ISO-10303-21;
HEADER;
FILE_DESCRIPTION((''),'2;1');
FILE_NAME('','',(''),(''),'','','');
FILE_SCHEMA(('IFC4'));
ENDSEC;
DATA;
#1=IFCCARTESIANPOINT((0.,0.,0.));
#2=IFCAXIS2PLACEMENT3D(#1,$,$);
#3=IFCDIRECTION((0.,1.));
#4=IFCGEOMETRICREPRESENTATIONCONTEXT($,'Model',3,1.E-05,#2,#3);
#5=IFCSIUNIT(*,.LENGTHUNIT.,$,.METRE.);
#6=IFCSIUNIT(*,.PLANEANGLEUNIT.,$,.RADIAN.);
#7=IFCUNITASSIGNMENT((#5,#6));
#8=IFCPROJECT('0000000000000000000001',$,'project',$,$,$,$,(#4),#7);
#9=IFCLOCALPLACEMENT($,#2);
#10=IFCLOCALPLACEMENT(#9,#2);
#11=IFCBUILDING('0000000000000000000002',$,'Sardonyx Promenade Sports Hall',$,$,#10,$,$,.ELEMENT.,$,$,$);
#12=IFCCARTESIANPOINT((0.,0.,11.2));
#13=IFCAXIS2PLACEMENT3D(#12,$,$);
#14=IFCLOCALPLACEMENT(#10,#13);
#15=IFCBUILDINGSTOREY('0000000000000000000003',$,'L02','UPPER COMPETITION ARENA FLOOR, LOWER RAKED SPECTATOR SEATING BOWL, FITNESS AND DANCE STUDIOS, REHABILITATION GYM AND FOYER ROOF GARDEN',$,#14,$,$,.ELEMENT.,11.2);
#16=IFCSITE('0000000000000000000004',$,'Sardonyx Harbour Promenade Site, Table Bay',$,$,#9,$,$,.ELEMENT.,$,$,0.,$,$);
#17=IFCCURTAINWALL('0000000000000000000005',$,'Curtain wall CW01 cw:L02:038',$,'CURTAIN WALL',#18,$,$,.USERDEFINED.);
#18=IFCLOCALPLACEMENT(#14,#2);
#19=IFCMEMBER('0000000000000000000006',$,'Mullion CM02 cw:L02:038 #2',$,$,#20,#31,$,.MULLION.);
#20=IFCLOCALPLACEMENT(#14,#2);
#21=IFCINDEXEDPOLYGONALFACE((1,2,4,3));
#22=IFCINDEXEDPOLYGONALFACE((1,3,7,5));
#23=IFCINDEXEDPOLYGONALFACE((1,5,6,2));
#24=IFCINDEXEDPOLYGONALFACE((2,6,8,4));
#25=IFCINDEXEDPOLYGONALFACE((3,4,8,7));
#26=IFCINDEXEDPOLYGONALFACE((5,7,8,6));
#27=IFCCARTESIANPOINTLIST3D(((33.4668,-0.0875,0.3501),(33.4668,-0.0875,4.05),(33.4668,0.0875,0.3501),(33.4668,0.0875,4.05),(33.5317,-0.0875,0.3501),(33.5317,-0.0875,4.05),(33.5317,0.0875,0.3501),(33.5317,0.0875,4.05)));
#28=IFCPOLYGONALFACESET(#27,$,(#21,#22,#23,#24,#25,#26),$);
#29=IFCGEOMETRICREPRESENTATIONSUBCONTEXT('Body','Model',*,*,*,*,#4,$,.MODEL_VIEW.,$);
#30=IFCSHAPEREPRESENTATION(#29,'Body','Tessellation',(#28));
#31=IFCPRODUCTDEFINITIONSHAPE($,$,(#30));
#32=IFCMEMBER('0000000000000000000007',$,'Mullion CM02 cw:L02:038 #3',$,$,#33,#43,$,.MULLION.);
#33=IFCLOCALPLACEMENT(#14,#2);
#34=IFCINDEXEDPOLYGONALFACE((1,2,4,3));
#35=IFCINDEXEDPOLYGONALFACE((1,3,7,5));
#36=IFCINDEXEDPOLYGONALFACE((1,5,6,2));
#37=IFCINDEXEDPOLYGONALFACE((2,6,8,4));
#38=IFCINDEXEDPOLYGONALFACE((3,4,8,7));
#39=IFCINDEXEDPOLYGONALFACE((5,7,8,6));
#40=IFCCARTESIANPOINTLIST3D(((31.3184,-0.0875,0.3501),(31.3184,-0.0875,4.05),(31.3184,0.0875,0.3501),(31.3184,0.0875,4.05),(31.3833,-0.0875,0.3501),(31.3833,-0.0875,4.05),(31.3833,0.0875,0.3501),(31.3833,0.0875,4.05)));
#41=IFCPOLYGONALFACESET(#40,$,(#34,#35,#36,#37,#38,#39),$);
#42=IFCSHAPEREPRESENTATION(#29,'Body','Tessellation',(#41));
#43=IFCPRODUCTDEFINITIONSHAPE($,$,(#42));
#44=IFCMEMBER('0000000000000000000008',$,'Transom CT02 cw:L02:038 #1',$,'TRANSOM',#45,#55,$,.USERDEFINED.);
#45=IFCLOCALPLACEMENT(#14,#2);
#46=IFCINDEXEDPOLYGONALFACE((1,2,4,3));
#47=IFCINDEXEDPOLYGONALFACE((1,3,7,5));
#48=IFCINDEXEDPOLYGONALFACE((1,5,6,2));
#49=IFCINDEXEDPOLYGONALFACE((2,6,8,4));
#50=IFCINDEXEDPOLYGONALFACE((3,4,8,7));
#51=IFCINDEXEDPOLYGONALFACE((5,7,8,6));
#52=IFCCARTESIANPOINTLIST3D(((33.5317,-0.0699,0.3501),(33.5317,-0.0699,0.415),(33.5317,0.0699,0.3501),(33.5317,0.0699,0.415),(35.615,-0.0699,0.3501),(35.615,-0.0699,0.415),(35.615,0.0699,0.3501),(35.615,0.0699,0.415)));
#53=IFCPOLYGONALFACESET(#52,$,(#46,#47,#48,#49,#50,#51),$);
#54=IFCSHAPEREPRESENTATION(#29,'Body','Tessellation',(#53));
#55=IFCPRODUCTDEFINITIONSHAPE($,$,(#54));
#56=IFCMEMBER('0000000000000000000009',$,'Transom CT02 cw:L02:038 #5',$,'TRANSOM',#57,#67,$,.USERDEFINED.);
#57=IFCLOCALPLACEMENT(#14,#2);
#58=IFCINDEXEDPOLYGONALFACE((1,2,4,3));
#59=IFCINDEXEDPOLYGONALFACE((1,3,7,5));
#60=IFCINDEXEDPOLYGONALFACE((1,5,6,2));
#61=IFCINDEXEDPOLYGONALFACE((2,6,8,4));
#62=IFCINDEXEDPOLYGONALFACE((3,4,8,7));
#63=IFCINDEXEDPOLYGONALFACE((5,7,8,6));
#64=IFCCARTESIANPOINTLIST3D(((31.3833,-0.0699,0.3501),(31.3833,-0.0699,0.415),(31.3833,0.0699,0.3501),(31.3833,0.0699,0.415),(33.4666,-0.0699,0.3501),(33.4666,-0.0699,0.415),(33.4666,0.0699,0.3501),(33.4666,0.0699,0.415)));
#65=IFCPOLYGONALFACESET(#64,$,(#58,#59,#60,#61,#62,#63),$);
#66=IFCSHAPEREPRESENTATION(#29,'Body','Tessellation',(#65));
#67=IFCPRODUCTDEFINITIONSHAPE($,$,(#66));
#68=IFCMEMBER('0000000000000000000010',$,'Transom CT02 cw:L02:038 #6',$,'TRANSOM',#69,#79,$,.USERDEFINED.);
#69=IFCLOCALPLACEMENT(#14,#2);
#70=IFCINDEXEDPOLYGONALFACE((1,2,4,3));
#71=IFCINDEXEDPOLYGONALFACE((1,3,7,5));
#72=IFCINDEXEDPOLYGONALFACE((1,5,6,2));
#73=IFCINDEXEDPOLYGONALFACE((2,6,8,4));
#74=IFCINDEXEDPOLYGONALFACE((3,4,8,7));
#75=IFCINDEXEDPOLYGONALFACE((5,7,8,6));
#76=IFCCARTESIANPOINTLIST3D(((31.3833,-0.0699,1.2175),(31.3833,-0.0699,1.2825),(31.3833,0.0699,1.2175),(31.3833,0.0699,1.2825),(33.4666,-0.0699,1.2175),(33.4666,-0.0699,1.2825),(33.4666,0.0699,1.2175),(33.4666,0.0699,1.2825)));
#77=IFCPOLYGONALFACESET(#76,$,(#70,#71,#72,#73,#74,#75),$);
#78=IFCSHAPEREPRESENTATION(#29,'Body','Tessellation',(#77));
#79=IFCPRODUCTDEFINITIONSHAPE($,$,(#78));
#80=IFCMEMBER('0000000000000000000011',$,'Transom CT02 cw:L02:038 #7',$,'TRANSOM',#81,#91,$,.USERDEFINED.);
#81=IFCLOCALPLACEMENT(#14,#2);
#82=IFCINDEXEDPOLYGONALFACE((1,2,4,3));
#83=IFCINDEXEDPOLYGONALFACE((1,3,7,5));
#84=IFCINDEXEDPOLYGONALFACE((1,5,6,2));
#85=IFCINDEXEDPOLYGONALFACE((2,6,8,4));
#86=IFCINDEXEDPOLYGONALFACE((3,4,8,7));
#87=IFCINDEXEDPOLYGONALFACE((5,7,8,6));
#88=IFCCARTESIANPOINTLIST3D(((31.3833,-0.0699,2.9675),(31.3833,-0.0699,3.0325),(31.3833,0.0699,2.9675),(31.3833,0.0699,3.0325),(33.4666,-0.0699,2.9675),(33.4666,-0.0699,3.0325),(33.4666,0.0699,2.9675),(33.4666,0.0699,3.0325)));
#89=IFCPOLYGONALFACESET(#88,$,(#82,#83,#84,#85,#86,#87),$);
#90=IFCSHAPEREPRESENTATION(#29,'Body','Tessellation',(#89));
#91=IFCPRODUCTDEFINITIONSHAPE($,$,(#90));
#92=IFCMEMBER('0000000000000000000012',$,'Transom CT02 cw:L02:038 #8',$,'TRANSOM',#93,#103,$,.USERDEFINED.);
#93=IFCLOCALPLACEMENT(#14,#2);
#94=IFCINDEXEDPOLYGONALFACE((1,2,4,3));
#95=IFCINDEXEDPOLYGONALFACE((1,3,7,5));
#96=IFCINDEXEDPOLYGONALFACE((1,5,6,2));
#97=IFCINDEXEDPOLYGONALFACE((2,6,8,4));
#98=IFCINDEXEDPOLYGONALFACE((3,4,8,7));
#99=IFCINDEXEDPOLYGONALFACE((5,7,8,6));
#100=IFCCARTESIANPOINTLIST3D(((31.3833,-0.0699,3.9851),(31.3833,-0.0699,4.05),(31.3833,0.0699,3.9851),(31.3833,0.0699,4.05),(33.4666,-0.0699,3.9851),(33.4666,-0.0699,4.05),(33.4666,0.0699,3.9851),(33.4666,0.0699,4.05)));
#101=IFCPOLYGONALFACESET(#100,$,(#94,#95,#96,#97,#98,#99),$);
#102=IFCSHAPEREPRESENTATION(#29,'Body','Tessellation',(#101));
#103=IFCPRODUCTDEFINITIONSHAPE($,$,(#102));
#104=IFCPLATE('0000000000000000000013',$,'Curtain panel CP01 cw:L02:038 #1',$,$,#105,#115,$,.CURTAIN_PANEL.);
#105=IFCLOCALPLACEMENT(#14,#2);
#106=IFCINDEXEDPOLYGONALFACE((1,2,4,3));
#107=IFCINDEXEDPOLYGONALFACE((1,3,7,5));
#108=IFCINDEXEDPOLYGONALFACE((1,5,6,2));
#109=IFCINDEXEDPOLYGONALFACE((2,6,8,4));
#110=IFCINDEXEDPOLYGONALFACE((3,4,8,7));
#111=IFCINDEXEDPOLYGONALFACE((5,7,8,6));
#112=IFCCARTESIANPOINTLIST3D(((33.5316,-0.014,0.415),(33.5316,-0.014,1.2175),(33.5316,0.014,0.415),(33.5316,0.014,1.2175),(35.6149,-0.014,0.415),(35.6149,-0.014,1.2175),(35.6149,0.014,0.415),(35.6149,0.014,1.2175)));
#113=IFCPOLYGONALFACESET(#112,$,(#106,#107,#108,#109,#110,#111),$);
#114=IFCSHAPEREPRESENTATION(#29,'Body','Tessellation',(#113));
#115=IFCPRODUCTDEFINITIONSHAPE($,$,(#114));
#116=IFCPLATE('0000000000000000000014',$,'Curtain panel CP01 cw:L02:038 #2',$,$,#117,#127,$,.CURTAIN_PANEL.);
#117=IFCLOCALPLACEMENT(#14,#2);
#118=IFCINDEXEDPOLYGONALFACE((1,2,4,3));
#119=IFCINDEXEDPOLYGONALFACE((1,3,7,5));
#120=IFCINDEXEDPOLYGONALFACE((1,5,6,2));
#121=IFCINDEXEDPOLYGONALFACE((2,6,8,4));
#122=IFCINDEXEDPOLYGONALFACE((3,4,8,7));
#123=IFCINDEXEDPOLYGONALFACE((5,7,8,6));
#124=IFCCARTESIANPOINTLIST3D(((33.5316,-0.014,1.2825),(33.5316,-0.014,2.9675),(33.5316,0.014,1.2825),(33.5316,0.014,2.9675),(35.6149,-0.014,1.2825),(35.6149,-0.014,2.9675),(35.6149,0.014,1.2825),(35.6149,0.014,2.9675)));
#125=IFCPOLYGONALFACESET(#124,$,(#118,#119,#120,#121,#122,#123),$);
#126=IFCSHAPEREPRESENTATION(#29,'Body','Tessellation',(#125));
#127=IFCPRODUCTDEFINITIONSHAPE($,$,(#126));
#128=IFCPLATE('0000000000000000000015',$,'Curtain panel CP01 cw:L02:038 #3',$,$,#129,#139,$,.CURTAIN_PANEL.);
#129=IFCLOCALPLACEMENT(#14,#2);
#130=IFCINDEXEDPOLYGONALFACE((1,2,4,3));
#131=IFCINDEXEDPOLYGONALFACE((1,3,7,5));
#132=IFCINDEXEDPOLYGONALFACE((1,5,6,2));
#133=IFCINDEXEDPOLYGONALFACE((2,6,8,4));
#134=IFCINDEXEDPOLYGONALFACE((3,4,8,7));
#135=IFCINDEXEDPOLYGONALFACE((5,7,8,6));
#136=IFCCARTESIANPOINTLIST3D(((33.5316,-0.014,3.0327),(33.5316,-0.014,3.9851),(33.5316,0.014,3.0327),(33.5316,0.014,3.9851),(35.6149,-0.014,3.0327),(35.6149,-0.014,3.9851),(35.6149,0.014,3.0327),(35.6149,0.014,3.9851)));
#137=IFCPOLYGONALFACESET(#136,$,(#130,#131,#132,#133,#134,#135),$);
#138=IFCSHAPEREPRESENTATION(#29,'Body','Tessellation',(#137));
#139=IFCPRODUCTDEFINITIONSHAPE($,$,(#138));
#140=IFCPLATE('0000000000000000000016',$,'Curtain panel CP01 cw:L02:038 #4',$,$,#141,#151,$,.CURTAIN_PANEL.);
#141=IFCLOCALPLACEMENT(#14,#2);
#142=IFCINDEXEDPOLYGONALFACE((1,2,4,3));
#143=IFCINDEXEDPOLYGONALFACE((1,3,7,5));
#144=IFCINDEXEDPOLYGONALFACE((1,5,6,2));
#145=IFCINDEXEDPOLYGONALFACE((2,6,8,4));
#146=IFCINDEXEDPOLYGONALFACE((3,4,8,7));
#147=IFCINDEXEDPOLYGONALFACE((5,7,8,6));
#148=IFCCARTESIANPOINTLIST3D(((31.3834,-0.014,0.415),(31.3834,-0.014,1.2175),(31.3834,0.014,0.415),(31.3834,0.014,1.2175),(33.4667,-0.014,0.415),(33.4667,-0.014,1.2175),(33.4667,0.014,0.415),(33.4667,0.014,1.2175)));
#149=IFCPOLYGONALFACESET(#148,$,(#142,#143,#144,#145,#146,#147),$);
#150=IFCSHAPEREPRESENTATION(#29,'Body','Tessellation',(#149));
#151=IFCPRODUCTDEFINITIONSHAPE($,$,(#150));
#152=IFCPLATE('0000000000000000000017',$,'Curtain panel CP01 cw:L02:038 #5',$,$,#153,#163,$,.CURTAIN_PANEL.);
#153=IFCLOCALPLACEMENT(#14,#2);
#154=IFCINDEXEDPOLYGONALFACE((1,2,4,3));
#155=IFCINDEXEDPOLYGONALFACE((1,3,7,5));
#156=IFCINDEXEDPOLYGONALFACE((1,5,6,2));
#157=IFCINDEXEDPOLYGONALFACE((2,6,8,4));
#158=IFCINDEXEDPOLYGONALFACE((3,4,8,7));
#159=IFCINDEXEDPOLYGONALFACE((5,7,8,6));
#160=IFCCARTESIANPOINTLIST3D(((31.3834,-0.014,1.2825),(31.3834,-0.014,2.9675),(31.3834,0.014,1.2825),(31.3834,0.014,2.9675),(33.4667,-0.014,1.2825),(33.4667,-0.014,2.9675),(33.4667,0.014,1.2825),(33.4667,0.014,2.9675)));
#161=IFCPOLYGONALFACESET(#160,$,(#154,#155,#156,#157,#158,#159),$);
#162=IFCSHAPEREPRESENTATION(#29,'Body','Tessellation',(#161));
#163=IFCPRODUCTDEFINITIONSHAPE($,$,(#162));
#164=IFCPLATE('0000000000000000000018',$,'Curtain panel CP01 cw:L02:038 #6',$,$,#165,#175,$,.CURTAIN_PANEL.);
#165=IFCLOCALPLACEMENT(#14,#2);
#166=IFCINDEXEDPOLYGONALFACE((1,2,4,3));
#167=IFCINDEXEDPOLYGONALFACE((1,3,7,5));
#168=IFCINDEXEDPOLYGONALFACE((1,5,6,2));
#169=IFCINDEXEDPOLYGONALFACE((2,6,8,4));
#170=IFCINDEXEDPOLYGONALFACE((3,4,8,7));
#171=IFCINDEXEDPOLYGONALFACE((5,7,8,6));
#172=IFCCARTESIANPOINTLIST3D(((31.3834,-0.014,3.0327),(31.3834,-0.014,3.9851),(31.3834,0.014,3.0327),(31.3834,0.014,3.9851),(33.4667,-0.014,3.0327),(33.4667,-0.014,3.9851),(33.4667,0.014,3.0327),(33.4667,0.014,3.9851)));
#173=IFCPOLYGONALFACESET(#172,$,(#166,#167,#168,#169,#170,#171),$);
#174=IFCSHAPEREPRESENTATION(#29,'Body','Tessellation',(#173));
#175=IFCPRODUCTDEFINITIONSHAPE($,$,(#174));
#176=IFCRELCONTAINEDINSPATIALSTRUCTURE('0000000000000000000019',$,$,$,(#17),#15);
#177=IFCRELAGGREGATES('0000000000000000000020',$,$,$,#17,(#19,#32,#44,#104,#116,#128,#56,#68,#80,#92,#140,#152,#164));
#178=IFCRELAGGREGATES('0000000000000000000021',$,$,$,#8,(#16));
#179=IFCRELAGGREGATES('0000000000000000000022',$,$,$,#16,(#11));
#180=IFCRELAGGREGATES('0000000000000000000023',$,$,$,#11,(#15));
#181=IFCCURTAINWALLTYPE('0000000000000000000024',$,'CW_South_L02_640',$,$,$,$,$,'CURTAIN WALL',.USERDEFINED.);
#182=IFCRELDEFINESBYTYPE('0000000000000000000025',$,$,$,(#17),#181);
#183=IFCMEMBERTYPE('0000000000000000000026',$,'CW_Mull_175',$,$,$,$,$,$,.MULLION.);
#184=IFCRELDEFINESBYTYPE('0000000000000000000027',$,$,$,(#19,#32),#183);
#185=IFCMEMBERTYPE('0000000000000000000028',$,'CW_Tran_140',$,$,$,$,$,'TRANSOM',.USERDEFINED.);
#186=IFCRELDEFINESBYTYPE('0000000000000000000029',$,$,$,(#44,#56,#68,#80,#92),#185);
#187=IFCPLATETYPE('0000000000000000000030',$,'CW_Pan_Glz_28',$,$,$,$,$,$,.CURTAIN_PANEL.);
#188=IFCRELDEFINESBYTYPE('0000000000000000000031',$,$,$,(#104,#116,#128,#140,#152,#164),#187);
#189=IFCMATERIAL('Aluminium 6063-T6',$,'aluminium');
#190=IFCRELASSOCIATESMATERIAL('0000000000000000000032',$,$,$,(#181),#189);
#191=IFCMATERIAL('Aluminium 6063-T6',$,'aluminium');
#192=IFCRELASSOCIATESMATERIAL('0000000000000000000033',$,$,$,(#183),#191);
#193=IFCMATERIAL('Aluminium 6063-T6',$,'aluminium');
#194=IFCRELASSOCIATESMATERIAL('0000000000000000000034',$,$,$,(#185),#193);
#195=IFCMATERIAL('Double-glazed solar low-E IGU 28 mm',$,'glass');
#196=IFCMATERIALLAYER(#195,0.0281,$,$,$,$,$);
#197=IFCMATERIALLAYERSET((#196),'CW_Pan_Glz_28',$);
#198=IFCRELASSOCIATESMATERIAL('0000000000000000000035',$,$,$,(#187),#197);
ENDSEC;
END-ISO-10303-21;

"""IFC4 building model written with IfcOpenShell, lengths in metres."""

from ifc_helpers import new_model, si_unit, direction, frame, origin, origin_2d, place, context, subcontext, project, spatial, rectangle, extrude, material, layer, layer_set, material_profile, profile_set, type_object, element, aggregate, save


model = new_model("IFC4")

# Units and contexts
model_context = context("Model", 3, precision=1e-05, world=origin(), true_north=direction((0.0, 1.0)))
body_context = subcontext(model_context, "Body", "Model", "MODEL_VIEW")
ifc_project = project(units=[si_unit("LENGTHUNIT", "METRE"), si_unit("PLANEANGLEUNIT", "RADIAN")], contexts=[model_context])

# Site, building, storey
site_placement = place(None, origin())
site = spatial("IfcSite", under=ifc_project, at=site_placement, Name="Sardonyx Harbour Promenade Site, Table Bay", CompositionType="ELEMENT", RefElevation=0.0)
building_placement = place(site_placement, origin())
building = spatial("IfcBuilding", under=site, at=building_placement, Name="Sardonyx Promenade Sports Hall", CompositionType="ELEMENT")
storey_placement = place(building_placement, frame((0.0, 0.0, 11.2)))
storey = spatial("IfcBuildingStorey", under=building, at=storey_placement, Name="L02", Description="UPPER COMPETITION ARENA FLOOR, LOWER RAKED SPECTATOR SEATING BOWL, FITNESS AND DANCE STUDIOS, REHABILITATION GYM AND FOYER ROOF GARDEN", CompositionType="ELEMENT", Elevation=11.2)

# Curtain wall, members, plates
ifc_material_1 = material(Name="Aluminium 6063-T6", Category="aluminium")
curtain_wall_type = type_object("IfcCurtainWallType", Name="CW_South_L02_640", ElementType="CURTAIN WALL", PredefinedType="USERDEFINED", material=ifc_material_1)
curtain_wall_placement = place(storey_placement, origin())
curtain_wall = element("IfcCurtainWall", 1, at=curtain_wall_placement, inside=storey, type_object=curtain_wall_type, Name="Curtain wall CW01 cw:L02:038", ObjectType="CURTAIN WALL", PredefinedType="USERDEFINED")
ifc_material_2 = material(Name="Aluminium 6063-T6", Category="aluminium")
ifc_material_profile_1 = material_profile(ifc_material_2, rectangle(XDim=0.0649, YDim=0.175, at=origin_2d()))
ifc_profile_set_1 = profile_set([ifc_material_profile_1], Name="Aluminium 6063-T6")
member_type_1 = type_object("IfcMemberType", Name="CW_Mull_175", PredefinedType="MULLION", material=ifc_profile_set_1)
member_1_placement = place(storey_placement, frame((33.4993, 0.0, 0.3501), z_axis=(0.0, 0.0, 1.0), x_axis=(-1.0, 0.0, 0.0)))
member_1 = element("IfcMember", 2, at=member_1_placement, type_object=member_type_1, Name="Mullion CM02 cw:L02:038 #2", PredefinedType="MULLION", context=body_context, shape_type="SweptSolid", body=[
    extrude(rectangle(XDim=0.0649, YDim=0.175, at=origin_2d()), origin(), (0.0, 0.0, 1.0), 3.7),
])
member_2_placement = place(storey_placement, frame((31.3508, 0.0, 0.3501), z_axis=(0.0, 0.0, 1.0), x_axis=(-1.0, 0.0, 0.0)))
member_2 = element("IfcMember", 3, at=member_2_placement, type_object=member_type_1, Name="Mullion CM02 cw:L02:038 #3", PredefinedType="MULLION", context=body_context, shape_type="SweptSolid", body=[
    extrude(rectangle(XDim=0.0649, YDim=0.175, at=origin_2d()), origin(), (0.0, 0.0, 1.0), 3.7),
])
ifc_material_3 = material(Name="Aluminium 6063-T6", Category="aluminium")
ifc_material_profile_2 = material_profile(ifc_material_3, rectangle(XDim=0.0649, YDim=0.1399, at=origin_2d()))
ifc_profile_set_2 = profile_set([ifc_material_profile_2], Name="Aluminium 6063-T6")
member_type_2 = type_object("IfcMemberType", Name="CW_Tran_140", ElementType="TRANSOM", PredefinedType="USERDEFINED", material=ifc_profile_set_2)
member_3_placement = place(storey_placement, frame((35.615, 0.0, 0.3826), z_axis=(-1.0, 0.0, 0.0), x_axis=(0.0, 0.0, 1.0)))
member_3 = element("IfcMember", 4, at=member_3_placement, type_object=member_type_2, Name="Transom CT02 cw:L02:038 #1", ObjectType="TRANSOM", PredefinedType="USERDEFINED", context=body_context, shape_type="SweptSolid", body=[
    extrude(rectangle(XDim=0.0649, YDim=0.1399, at=origin_2d()), origin(), (0.0, 0.0, 1.0), 2.0833),
])
member_4_placement = place(storey_placement, frame((33.4666, 0.0, 0.3826), z_axis=(-1.0, 0.0, 0.0), x_axis=(0.0, 0.0, 1.0)))
member_4 = element("IfcMember", 5, at=member_4_placement, type_object=member_type_2, Name="Transom CT02 cw:L02:038 #5", ObjectType="TRANSOM", PredefinedType="USERDEFINED", context=body_context, shape_type="SweptSolid", body=[
    extrude(rectangle(XDim=0.0649, YDim=0.1399, at=origin_2d()), origin(), (0.0, 0.0, 1.0), 2.0833),
])
member_5_placement = place(storey_placement, frame((33.4666, 0.0, 1.25), z_axis=(-1.0, 0.0, 0.0), x_axis=(0.0, 0.0, 1.0)))
member_5 = element("IfcMember", 6, at=member_5_placement, type_object=member_type_2, Name="Transom CT02 cw:L02:038 #6", ObjectType="TRANSOM", PredefinedType="USERDEFINED", context=body_context, shape_type="SweptSolid", body=[
    extrude(rectangle(XDim=0.0649, YDim=0.1399, at=origin_2d()), origin(), (0.0, 0.0, 1.0), 2.0833),
])
member_6_placement = place(storey_placement, frame((33.4666, 0.0, 3.0), z_axis=(-1.0, 0.0, 0.0), x_axis=(0.0, 0.0, 1.0)))
member_6 = element("IfcMember", 7, at=member_6_placement, type_object=member_type_2, Name="Transom CT02 cw:L02:038 #7", ObjectType="TRANSOM", PredefinedType="USERDEFINED", context=body_context, shape_type="SweptSolid", body=[
    extrude(rectangle(XDim=0.0649, YDim=0.1399, at=origin_2d()), origin(), (0.0, 0.0, 1.0), 2.0833),
])
member_7_placement = place(storey_placement, frame((33.4666, 0.0, 4.0176), z_axis=(-1.0, 0.0, 0.0), x_axis=(0.0, 0.0, 1.0)))
member_7 = element("IfcMember", 8, at=member_7_placement, type_object=member_type_2, Name="Transom CT02 cw:L02:038 #8", ObjectType="TRANSOM", PredefinedType="USERDEFINED", context=body_context, shape_type="SweptSolid", body=[
    extrude(rectangle(XDim=0.0649, YDim=0.1399, at=origin_2d()), origin(), (0.0, 0.0, 1.0), 2.0833),
])
ifc_material_4 = material(Name="Double-glazed solar low-E IGU 28 mm", Category="glass")
ifc_layer_1 = layer(ifc_material_4, 0.0281)
ifc_layer_set_1 = layer_set([ifc_layer_1], Name="CW_Pan_Glz_28")
plate_type = type_object("IfcPlateType", Name="CW_Pan_Glz_28", PredefinedType="CURTAIN_PANEL", material=ifc_layer_set_1)
plate_1_placement = place(storey_placement, frame((34.5732, 0.0, 0.415), z_axis=(0.0, 0.0, 1.0), x_axis=(-1.0, 0.0, 0.0)))
plate_1 = element("IfcPlate", 9, at=plate_1_placement, type_object=plate_type, Name="Curtain panel CP01 cw:L02:038 #1", PredefinedType="CURTAIN_PANEL", context=body_context, shape_type="SweptSolid", body=[
    extrude(rectangle(XDim=2.0833, YDim=0.0281, at=origin_2d()), origin(), (0.0, 0.0, 1.0), 0.8025),
])
plate_2_placement = place(storey_placement, frame((34.5732, 0.0, 1.2825), z_axis=(0.0, 0.0, 1.0), x_axis=(-1.0, 0.0, 0.0)))
plate_2 = element("IfcPlate", 10, at=plate_2_placement, type_object=plate_type, Name="Curtain panel CP01 cw:L02:038 #2", PredefinedType="CURTAIN_PANEL", context=body_context, shape_type="SweptSolid", body=[
    extrude(rectangle(XDim=2.0833, YDim=0.0281, at=origin_2d()), origin(), (0.0, 0.0, 1.0), 1.6851),
])
plate_3_placement = place(storey_placement, frame((34.5732, 0.0, 3.0327), z_axis=(0.0, 0.0, 1.0), x_axis=(-1.0, 0.0, 0.0)))
plate_3 = element("IfcPlate", 11, at=plate_3_placement, type_object=plate_type, Name="Curtain panel CP01 cw:L02:038 #3", PredefinedType="CURTAIN_PANEL", context=body_context, shape_type="SweptSolid", body=[
    extrude(rectangle(XDim=2.0833, YDim=0.0281, at=origin_2d()), origin(), (0.0, 0.0, 1.0), 0.9524),
])
plate_4_placement = place(storey_placement, frame((32.425, 0.0, 0.415), z_axis=(0.0, 0.0, 1.0), x_axis=(-1.0, 0.0, 0.0)))
plate_4 = element("IfcPlate", 12, at=plate_4_placement, type_object=plate_type, Name="Curtain panel CP01 cw:L02:038 #4", PredefinedType="CURTAIN_PANEL", context=body_context, shape_type="SweptSolid", body=[
    extrude(rectangle(XDim=2.0833, YDim=0.0281, at=origin_2d()), origin(), (0.0, 0.0, 1.0), 0.8025),
])
plate_5_placement = place(storey_placement, frame((32.425, 0.0, 1.2825), z_axis=(0.0, 0.0, 1.0), x_axis=(-1.0, 0.0, 0.0)))
plate_5 = element("IfcPlate", 13, at=plate_5_placement, type_object=plate_type, Name="Curtain panel CP01 cw:L02:038 #5", PredefinedType="CURTAIN_PANEL", context=body_context, shape_type="SweptSolid", body=[
    extrude(rectangle(XDim=2.0833, YDim=0.0281, at=origin_2d()), origin(), (0.0, 0.0, 1.0), 1.6851),
])
plate_6_placement = place(storey_placement, frame((32.425, 0.0, 3.0327), z_axis=(0.0, 0.0, 1.0), x_axis=(-1.0, 0.0, 0.0)))
plate_6 = element("IfcPlate", 14, at=plate_6_placement, type_object=plate_type, Name="Curtain panel CP01 cw:L02:038 #6", PredefinedType="CURTAIN_PANEL", context=body_context, shape_type="SweptSolid", body=[
    extrude(rectangle(XDim=2.0833, YDim=0.0281, at=origin_2d()), origin(), (0.0, 0.0, 1.0), 0.9524),
])
aggregate(curtain_wall, [member_1, member_2, member_3, plate_1, plate_2, plate_3, member_4, member_5, member_6, member_7, plate_4, plate_5, plate_6])

save(model, "model.ifc")
